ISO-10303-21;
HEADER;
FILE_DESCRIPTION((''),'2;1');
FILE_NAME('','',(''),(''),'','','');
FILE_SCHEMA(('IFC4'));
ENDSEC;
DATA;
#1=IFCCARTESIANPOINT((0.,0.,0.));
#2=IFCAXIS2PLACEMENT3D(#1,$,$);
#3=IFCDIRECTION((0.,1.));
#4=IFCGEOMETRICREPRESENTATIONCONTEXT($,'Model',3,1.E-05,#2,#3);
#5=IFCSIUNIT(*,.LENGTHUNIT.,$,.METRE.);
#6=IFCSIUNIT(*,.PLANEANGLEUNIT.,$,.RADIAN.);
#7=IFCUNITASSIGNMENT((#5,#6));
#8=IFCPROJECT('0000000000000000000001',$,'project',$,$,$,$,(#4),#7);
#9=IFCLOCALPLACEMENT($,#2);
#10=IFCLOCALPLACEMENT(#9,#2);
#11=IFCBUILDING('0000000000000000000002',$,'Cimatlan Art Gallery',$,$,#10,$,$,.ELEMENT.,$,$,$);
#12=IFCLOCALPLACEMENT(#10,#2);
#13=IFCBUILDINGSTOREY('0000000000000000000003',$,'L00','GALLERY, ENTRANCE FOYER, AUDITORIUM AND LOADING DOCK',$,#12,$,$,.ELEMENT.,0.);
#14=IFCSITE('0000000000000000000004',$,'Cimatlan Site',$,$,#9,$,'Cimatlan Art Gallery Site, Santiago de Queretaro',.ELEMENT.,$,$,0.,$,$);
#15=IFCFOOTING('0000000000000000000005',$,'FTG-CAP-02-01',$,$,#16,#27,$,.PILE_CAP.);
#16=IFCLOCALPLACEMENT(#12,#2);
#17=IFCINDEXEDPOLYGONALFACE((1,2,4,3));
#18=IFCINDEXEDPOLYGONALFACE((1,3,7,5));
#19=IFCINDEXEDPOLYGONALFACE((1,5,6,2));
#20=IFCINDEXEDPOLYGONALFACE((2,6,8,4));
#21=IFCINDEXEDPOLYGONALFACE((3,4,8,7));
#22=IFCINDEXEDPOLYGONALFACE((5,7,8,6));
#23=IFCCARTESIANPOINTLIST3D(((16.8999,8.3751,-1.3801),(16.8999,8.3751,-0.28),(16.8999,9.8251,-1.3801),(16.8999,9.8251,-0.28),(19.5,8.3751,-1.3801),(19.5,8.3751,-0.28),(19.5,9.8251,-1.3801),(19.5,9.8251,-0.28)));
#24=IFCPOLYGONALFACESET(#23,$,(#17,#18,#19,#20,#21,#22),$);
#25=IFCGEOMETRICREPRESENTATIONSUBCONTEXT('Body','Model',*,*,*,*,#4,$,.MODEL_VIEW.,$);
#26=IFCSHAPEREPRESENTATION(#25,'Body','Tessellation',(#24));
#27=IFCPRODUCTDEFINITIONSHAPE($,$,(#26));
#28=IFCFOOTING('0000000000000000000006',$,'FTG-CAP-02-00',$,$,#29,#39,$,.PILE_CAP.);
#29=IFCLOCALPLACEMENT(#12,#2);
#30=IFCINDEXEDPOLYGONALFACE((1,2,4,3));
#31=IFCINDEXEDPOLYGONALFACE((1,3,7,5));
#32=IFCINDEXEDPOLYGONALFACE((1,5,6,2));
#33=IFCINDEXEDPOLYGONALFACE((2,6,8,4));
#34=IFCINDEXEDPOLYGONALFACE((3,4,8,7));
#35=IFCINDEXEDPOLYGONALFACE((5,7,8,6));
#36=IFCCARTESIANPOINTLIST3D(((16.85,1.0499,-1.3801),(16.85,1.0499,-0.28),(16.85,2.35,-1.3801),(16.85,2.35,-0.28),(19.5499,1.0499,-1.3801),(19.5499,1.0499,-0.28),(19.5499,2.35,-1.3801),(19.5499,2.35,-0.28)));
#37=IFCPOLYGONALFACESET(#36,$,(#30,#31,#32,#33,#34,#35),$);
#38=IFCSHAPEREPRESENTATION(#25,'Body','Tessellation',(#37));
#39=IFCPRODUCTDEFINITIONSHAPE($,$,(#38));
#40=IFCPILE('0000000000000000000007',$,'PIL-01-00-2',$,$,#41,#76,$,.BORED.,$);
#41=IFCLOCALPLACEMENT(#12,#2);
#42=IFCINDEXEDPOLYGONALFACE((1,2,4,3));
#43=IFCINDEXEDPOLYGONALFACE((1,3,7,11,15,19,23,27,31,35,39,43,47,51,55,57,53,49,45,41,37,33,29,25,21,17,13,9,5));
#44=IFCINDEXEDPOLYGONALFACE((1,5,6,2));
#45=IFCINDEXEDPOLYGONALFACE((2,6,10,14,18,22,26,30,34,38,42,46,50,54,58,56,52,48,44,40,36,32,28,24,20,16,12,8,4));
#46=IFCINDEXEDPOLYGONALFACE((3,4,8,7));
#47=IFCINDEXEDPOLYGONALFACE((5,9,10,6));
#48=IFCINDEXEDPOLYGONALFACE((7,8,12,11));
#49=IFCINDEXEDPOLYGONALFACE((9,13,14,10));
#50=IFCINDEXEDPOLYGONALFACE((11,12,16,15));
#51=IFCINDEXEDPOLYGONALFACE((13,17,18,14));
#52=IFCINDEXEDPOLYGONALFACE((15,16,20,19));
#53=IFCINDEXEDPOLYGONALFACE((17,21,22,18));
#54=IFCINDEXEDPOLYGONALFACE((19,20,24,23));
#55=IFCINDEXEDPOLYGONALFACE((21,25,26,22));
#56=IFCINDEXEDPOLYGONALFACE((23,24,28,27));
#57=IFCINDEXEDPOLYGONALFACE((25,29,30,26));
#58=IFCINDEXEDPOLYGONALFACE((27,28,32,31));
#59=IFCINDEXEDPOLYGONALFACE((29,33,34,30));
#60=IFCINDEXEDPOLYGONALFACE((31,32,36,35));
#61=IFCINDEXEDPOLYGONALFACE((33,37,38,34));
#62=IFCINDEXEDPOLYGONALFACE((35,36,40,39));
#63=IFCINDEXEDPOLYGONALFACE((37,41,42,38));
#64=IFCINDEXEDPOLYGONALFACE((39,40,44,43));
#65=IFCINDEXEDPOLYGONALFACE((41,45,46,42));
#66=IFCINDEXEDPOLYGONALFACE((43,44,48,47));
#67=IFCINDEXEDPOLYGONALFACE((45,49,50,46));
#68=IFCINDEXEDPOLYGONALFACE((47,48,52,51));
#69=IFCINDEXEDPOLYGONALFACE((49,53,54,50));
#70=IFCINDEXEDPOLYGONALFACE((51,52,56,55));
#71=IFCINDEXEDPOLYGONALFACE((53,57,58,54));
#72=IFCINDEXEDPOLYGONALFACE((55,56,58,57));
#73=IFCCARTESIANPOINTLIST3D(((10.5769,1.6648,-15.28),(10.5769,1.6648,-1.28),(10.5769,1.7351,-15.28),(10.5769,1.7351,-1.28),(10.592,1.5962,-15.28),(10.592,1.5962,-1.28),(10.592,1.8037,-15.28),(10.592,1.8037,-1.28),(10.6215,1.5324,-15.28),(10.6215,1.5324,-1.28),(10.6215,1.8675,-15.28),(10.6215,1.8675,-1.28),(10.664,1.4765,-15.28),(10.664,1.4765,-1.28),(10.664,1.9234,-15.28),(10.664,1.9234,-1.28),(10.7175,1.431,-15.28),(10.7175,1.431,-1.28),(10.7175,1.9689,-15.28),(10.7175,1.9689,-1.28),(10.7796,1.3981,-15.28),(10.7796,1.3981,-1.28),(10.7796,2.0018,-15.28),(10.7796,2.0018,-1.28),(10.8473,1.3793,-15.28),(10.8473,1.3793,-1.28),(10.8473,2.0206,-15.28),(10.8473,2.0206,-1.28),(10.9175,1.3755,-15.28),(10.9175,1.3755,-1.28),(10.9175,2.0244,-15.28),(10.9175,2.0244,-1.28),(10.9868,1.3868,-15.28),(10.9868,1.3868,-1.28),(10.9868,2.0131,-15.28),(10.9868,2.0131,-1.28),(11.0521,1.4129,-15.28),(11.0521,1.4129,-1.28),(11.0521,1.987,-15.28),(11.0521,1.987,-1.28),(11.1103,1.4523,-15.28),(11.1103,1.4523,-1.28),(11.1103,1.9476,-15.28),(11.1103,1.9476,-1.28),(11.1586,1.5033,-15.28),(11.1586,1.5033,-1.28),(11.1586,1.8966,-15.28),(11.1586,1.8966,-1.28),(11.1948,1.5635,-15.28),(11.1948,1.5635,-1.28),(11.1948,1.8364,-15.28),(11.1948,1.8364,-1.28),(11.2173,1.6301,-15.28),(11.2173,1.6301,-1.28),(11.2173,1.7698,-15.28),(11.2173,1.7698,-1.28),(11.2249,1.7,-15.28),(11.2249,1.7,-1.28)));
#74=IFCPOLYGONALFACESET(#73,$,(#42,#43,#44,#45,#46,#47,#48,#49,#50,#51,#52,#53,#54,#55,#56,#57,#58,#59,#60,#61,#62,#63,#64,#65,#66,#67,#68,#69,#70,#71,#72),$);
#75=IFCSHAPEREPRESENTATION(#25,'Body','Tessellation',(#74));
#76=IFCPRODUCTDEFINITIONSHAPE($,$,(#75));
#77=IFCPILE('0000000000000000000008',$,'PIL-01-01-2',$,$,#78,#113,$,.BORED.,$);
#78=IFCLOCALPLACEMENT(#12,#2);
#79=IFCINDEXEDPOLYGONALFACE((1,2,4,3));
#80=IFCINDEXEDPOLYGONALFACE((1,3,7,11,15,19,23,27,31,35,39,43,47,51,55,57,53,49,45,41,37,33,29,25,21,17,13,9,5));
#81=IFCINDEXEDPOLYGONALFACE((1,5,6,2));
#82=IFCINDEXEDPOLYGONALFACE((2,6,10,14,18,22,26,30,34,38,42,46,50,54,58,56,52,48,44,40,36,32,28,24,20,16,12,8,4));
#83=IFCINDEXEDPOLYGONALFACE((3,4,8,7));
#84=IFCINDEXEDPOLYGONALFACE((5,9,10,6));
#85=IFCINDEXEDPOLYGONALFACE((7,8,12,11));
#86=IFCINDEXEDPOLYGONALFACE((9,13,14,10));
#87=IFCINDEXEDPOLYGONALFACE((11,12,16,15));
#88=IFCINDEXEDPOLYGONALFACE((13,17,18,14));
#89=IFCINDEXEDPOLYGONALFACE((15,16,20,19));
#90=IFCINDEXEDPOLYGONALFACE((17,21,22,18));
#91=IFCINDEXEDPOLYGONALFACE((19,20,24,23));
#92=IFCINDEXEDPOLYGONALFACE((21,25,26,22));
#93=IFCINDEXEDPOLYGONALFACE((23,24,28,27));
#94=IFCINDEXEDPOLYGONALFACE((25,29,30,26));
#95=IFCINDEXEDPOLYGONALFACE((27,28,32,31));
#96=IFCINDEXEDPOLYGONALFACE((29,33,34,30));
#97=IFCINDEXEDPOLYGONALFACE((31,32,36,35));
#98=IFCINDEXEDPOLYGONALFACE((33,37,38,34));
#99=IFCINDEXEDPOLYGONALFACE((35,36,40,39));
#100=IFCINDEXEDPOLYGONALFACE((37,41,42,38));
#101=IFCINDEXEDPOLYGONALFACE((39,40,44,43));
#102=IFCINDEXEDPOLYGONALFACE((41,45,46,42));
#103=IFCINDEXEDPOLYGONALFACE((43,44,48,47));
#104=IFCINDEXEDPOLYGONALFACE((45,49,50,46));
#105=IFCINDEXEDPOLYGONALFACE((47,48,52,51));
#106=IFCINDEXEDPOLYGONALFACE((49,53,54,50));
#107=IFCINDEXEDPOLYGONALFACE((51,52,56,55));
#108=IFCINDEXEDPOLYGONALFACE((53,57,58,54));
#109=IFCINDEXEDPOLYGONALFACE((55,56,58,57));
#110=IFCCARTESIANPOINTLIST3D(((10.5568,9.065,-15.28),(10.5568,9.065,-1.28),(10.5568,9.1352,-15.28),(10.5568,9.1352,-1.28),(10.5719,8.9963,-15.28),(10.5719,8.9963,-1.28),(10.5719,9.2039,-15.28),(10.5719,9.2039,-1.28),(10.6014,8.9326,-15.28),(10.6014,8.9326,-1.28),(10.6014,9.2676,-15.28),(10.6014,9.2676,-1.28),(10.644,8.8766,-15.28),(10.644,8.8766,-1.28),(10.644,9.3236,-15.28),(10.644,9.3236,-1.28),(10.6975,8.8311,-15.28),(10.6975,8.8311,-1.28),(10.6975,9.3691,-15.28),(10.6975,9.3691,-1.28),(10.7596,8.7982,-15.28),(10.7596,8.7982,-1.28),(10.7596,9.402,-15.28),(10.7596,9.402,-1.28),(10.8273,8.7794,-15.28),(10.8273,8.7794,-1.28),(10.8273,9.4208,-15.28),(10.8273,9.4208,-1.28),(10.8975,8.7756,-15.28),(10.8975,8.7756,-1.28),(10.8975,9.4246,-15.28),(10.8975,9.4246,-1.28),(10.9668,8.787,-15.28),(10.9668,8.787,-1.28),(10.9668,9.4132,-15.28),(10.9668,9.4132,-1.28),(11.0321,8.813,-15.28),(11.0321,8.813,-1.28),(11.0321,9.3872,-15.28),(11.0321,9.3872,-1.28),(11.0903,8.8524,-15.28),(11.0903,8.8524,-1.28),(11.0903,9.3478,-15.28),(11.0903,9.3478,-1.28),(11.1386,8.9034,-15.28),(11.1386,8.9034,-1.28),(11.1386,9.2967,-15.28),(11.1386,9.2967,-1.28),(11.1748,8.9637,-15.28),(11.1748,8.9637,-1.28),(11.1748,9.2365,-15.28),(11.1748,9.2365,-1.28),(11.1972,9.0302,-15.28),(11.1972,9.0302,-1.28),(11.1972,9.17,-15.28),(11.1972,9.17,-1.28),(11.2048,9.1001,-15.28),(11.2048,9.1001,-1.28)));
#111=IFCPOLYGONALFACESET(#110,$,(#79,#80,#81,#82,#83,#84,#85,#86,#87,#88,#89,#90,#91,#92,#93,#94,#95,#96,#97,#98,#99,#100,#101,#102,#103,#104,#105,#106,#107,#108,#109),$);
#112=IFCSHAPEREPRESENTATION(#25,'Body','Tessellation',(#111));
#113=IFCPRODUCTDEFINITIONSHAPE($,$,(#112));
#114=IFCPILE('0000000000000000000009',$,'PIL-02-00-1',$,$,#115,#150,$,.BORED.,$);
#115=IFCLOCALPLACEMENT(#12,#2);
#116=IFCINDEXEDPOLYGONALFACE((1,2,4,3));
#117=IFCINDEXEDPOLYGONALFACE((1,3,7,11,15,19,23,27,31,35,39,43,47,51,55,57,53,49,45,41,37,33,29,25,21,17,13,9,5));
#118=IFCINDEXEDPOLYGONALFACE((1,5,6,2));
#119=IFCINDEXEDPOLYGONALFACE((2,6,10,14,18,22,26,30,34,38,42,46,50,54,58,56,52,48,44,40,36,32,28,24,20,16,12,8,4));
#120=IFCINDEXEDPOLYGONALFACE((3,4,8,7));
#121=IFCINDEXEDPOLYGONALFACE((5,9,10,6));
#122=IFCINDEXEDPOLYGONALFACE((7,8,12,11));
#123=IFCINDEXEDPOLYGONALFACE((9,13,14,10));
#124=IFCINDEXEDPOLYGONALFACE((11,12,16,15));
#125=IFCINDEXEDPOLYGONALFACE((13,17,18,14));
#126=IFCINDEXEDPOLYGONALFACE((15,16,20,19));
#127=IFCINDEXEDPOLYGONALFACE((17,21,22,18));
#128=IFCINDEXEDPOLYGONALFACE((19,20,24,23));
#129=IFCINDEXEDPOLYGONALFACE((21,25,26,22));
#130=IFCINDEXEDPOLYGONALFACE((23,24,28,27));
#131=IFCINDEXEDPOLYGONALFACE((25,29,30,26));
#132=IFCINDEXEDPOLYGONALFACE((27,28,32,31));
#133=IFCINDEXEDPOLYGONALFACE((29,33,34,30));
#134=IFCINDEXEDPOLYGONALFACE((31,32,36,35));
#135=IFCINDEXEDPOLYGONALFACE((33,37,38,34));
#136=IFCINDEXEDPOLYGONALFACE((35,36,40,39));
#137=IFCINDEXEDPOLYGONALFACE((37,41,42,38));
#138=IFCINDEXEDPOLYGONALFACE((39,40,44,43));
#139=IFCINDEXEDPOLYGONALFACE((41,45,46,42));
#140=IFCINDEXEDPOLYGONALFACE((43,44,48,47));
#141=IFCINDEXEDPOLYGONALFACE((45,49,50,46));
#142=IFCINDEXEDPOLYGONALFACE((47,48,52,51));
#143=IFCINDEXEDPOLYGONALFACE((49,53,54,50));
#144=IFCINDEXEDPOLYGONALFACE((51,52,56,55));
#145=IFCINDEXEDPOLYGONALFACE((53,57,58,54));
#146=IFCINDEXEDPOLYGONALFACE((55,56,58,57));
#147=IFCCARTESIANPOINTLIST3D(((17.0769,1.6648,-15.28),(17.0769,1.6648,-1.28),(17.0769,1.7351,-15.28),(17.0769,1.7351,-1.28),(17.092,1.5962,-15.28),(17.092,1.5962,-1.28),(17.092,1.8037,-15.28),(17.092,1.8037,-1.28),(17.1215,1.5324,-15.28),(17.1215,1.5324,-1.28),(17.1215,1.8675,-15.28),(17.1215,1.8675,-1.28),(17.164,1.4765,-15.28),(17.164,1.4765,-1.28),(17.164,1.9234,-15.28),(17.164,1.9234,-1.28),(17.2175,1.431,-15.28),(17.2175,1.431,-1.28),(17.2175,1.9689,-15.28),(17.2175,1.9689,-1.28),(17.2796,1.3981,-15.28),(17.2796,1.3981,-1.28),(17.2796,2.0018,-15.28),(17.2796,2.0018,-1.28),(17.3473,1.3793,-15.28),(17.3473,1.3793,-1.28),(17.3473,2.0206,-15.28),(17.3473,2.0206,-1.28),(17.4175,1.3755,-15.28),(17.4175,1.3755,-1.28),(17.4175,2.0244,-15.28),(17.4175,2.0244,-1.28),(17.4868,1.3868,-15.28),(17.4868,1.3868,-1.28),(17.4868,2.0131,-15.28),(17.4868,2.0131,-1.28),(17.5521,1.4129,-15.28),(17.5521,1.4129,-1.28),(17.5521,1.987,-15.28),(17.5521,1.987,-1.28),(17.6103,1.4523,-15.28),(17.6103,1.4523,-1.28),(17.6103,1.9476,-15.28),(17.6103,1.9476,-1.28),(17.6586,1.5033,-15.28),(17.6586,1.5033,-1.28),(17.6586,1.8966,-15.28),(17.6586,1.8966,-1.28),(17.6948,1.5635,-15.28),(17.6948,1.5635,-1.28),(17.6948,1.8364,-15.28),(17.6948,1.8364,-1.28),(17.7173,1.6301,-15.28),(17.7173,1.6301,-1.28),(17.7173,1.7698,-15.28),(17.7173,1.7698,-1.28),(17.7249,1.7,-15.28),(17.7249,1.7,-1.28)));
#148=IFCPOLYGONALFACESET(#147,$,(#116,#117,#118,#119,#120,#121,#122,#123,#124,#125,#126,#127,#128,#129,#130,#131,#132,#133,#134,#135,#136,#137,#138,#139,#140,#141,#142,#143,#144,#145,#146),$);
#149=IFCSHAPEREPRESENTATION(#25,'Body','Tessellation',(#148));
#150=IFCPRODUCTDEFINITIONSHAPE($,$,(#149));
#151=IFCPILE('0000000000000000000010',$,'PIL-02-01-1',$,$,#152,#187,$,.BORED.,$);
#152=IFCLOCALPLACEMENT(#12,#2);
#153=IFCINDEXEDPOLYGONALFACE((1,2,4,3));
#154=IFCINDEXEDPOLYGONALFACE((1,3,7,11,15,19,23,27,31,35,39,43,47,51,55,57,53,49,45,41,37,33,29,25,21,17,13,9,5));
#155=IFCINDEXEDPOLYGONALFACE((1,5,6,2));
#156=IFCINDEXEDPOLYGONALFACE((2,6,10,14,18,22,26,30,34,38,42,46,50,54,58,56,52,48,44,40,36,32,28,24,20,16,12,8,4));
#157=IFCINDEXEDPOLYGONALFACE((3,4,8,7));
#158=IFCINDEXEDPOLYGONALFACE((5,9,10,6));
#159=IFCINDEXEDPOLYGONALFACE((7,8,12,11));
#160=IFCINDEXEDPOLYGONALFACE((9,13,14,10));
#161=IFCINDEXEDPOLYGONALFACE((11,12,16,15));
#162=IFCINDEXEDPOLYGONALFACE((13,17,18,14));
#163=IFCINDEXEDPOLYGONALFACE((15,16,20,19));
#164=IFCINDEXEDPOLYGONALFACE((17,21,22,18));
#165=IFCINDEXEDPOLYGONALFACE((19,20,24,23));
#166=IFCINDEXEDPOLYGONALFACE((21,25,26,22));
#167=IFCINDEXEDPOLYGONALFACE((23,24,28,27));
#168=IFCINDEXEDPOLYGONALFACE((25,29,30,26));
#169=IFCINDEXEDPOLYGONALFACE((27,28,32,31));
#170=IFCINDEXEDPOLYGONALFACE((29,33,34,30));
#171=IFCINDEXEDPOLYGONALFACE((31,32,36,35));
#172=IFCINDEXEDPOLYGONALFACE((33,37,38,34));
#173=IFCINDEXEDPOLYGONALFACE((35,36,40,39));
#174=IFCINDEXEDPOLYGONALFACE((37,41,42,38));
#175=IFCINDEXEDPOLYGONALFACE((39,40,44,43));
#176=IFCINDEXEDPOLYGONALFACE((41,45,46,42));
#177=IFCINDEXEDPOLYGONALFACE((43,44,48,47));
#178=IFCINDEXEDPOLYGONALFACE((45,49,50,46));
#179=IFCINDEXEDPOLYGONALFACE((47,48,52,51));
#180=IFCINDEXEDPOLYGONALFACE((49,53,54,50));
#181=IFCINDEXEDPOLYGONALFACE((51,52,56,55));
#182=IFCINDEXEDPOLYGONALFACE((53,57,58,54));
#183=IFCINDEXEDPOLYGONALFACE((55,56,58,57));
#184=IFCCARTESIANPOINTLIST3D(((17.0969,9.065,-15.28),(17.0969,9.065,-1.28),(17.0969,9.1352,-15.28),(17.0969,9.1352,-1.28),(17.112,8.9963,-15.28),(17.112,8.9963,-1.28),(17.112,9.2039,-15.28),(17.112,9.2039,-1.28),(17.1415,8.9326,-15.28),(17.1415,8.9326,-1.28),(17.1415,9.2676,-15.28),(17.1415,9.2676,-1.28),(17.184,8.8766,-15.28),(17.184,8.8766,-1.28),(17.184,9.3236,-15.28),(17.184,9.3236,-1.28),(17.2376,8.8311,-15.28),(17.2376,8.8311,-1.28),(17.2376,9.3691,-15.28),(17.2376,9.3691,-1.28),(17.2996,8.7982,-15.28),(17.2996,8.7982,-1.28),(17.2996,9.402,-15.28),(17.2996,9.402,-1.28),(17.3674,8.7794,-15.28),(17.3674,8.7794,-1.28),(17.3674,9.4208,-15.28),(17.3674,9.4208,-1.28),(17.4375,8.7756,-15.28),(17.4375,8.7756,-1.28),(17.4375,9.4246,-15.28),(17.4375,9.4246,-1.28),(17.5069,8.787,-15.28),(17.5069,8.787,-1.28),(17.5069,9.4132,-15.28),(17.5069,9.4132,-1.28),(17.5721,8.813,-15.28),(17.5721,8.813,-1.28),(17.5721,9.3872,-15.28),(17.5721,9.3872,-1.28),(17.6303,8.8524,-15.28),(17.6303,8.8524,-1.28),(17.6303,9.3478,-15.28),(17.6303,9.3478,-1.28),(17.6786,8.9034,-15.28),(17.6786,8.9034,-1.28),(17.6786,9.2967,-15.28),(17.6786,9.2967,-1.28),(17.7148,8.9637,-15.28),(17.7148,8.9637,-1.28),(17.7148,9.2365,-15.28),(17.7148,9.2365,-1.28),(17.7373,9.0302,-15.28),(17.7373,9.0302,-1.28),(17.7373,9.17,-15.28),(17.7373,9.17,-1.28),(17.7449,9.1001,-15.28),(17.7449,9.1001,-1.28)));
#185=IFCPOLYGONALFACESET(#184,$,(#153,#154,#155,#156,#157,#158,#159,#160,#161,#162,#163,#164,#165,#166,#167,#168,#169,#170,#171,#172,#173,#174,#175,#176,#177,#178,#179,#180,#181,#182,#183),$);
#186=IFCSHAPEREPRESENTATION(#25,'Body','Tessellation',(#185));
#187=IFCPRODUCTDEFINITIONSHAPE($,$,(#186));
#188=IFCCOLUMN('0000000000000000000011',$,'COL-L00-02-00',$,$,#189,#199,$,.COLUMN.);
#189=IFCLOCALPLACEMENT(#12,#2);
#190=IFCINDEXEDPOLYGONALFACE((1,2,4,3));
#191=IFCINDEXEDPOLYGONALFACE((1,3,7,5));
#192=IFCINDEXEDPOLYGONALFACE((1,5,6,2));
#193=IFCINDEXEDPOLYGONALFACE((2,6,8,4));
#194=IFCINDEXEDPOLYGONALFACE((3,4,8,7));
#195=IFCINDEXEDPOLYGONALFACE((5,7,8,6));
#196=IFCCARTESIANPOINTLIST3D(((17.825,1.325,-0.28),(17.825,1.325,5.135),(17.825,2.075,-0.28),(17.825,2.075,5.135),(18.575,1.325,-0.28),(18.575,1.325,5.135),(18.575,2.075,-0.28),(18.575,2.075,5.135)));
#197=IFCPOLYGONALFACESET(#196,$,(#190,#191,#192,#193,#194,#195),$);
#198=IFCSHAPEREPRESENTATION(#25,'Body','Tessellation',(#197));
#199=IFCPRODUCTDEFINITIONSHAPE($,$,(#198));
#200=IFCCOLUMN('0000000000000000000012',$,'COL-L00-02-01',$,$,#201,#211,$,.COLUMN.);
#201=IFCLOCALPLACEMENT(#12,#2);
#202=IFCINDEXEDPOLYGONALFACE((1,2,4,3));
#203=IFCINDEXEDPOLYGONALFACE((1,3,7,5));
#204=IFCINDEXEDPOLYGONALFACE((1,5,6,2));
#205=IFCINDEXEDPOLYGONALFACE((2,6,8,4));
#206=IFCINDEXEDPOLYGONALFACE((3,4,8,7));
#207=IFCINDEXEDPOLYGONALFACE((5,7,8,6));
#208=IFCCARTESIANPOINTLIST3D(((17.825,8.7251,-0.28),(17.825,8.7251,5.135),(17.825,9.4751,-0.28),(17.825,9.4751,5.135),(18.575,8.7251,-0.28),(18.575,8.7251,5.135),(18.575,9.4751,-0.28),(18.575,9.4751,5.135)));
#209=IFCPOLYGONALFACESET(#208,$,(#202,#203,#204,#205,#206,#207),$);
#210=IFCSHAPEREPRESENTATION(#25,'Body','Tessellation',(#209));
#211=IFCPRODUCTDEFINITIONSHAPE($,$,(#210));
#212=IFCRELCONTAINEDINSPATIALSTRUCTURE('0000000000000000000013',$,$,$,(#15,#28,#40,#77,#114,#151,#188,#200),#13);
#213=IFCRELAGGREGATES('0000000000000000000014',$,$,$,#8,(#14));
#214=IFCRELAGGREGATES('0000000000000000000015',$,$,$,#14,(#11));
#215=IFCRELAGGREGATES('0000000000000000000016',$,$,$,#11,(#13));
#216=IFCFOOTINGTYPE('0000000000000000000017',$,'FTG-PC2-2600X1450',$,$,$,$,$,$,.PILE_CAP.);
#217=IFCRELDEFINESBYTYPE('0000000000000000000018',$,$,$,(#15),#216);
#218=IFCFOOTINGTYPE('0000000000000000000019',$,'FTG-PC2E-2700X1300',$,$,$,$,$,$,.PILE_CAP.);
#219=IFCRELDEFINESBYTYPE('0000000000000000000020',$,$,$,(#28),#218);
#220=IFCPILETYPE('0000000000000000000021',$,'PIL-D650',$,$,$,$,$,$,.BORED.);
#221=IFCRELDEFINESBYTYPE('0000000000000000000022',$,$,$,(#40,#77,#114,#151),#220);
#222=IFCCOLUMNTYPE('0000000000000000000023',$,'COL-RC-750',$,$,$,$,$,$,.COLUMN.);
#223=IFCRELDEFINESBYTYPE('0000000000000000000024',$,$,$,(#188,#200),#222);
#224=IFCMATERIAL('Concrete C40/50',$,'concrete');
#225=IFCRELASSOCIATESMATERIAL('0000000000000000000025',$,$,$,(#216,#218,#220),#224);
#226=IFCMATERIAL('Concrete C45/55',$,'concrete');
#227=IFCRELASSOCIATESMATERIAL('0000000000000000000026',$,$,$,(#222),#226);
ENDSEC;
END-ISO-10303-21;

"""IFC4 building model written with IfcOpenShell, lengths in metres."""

from ifc_helpers import new_model, si_unit, direction, frame, origin, origin_2d, place, context, subcontext, project, spatial, rectangle, circle, extrude, material, material_profile, profile_set, type_object, element, save


model = new_model("IFC4")

# Units and contexts
model_context = context("Model", 3, precision=1e-05, world=origin(), true_north=direction((0.0, 1.0)))
body_context = subcontext(model_context, "Body", "Model", "MODEL_VIEW")
ifc_project = project(units=[si_unit("LENGTHUNIT", "METRE"), si_unit("PLANEANGLEUNIT", "RADIAN")], contexts=[model_context])

# Site, building, storey
site_placement = place(None, origin())
site = spatial("IfcSite", under=ifc_project, at=site_placement, Name="Cimatlan Site", LongName="Cimatlan Art Gallery Site, Santiago de Queretaro", CompositionType="ELEMENT", RefElevation=0.0)
building_placement = place(site_placement, origin())
building = spatial("IfcBuilding", under=site, at=building_placement, Name="Cimatlan Art Gallery", CompositionType="ELEMENT")
storey_placement = place(building_placement, origin())
storey = spatial("IfcBuildingStorey", under=building, at=storey_placement, Name="L00", Description="GALLERY, ENTRANCE FOYER, AUDITORIUM AND LOADING DOCK", CompositionType="ELEMENT", Elevation=0.0)

# Footings
ifc_material_1 = material(Name="Concrete C40/50", Category="concrete")
footing_type_1 = type_object("IfcFootingType", Name="FTG-PC2-2600X1450", PredefinedType="PILE_CAP", material=ifc_material_1)
footing_1_placement = place(storey_placement, frame((18.2, 9.1001, -1.3801), z_axis=(0.0, 0.0, 1.0), x_axis=(1.0, 0.0, 0.0)))
element("IfcFooting", 1, at=footing_1_placement, inside=storey, type_object=footing_type_1, Name="FTG-CAP-02-01", PredefinedType="PILE_CAP", context=body_context, shape_type="SweptSolid", body=[
    extrude(rectangle(XDim=2.6001, YDim=1.45, at=origin_2d()), origin(), (0.0, 0.0, 1.0), 1.1001),
])
footing_type_2 = type_object("IfcFootingType", Name="FTG-PC2E-2700X1300", PredefinedType="PILE_CAP", material=ifc_material_1)
footing_2_placement = place(storey_placement, frame((18.2, 1.7, -1.3801), z_axis=(0.0, 0.0, 1.0), x_axis=(1.0, 0.0, 0.0)))
element("IfcFooting", 2, at=footing_2_placement, inside=storey, type_object=footing_type_2, Name="FTG-CAP-02-00", PredefinedType="PILE_CAP", context=body_context, shape_type="SweptSolid", body=[
    extrude(rectangle(XDim=2.7, YDim=1.3, at=origin_2d()), origin(), (0.0, 0.0, 1.0), 1.1001),
])

# Piles
pile_type = type_object("IfcPileType", Name="PIL-D650", PredefinedType="BORED", material=ifc_material_1)
for number, where, z_axis, x_axis, name in (
    (3, (10.8999, 1.7, -1.28), (0.0, 0.0, -1.0), (1.0, 0.0, 0.0), "PIL-01-00-2"),
    (4, (10.8799, 9.1001, -1.28), (0.0, 0.0, -1.0), (1.0, 0.0, 0.0), "PIL-01-01-2"),
    (5, (17.3999, 1.7, -1.28), (0.0, 0.0, -1.0), (1.0, 0.0, 0.0), "PIL-02-00-1"),
    (6, (17.4199, 9.1001, -1.28), (0.0, 0.0, -1.0), (1.0, 0.0, 0.0), "PIL-02-01-1"),
):
    element("IfcPile", number, at=place(storey_placement, frame(where, z_axis=z_axis, x_axis=x_axis)), inside=storey, type_object=pile_type, Name=name, PredefinedType="BORED", context=body_context, shape_type="SweptSolid", body=[
        extrude(circle(Radius=0.325, at=origin_2d()), origin(), (0.0, 0.0, 1.0), 14.0),
    ])

# Columns
ifc_material_2 = material(Name="Concrete C45/55", Category="concrete")
ifc_material_profile_1 = material_profile(ifc_material_2, rectangle(XDim=0.75, YDim=0.75, at=origin_2d()), Name="RC750X750")
ifc_profile_set_1 = profile_set([ifc_material_profile_1], Name="Concrete C45/55")
column_type = type_object("IfcColumnType", Name="COL-RC-750", PredefinedType="COLUMN", material=ifc_profile_set_1)
for number, where, z_axis, x_axis, name in (
    (7, (18.2, 1.7, -0.28), (0.0, 0.0, 1.0), (1.0, 0.0, 0.0), "COL-L00-02-00"),
    (8, (18.2, 9.1001, -0.28), (0.0, 0.0, 1.0), (1.0, 0.0, 0.0), "COL-L00-02-01"),
):
    element("IfcColumn", number, at=place(storey_placement, frame(where, z_axis=z_axis, x_axis=x_axis)), inside=storey, type_object=column_type, Name=name, PredefinedType="COLUMN", context=body_context, shape_type="SweptSolid", body=[
        extrude(rectangle(XDim=0.75, YDim=0.75, at=origin_2d()), origin(), (0.0, 0.0, 1.0), 5.415),
    ])

save(model, "model.ifc")
